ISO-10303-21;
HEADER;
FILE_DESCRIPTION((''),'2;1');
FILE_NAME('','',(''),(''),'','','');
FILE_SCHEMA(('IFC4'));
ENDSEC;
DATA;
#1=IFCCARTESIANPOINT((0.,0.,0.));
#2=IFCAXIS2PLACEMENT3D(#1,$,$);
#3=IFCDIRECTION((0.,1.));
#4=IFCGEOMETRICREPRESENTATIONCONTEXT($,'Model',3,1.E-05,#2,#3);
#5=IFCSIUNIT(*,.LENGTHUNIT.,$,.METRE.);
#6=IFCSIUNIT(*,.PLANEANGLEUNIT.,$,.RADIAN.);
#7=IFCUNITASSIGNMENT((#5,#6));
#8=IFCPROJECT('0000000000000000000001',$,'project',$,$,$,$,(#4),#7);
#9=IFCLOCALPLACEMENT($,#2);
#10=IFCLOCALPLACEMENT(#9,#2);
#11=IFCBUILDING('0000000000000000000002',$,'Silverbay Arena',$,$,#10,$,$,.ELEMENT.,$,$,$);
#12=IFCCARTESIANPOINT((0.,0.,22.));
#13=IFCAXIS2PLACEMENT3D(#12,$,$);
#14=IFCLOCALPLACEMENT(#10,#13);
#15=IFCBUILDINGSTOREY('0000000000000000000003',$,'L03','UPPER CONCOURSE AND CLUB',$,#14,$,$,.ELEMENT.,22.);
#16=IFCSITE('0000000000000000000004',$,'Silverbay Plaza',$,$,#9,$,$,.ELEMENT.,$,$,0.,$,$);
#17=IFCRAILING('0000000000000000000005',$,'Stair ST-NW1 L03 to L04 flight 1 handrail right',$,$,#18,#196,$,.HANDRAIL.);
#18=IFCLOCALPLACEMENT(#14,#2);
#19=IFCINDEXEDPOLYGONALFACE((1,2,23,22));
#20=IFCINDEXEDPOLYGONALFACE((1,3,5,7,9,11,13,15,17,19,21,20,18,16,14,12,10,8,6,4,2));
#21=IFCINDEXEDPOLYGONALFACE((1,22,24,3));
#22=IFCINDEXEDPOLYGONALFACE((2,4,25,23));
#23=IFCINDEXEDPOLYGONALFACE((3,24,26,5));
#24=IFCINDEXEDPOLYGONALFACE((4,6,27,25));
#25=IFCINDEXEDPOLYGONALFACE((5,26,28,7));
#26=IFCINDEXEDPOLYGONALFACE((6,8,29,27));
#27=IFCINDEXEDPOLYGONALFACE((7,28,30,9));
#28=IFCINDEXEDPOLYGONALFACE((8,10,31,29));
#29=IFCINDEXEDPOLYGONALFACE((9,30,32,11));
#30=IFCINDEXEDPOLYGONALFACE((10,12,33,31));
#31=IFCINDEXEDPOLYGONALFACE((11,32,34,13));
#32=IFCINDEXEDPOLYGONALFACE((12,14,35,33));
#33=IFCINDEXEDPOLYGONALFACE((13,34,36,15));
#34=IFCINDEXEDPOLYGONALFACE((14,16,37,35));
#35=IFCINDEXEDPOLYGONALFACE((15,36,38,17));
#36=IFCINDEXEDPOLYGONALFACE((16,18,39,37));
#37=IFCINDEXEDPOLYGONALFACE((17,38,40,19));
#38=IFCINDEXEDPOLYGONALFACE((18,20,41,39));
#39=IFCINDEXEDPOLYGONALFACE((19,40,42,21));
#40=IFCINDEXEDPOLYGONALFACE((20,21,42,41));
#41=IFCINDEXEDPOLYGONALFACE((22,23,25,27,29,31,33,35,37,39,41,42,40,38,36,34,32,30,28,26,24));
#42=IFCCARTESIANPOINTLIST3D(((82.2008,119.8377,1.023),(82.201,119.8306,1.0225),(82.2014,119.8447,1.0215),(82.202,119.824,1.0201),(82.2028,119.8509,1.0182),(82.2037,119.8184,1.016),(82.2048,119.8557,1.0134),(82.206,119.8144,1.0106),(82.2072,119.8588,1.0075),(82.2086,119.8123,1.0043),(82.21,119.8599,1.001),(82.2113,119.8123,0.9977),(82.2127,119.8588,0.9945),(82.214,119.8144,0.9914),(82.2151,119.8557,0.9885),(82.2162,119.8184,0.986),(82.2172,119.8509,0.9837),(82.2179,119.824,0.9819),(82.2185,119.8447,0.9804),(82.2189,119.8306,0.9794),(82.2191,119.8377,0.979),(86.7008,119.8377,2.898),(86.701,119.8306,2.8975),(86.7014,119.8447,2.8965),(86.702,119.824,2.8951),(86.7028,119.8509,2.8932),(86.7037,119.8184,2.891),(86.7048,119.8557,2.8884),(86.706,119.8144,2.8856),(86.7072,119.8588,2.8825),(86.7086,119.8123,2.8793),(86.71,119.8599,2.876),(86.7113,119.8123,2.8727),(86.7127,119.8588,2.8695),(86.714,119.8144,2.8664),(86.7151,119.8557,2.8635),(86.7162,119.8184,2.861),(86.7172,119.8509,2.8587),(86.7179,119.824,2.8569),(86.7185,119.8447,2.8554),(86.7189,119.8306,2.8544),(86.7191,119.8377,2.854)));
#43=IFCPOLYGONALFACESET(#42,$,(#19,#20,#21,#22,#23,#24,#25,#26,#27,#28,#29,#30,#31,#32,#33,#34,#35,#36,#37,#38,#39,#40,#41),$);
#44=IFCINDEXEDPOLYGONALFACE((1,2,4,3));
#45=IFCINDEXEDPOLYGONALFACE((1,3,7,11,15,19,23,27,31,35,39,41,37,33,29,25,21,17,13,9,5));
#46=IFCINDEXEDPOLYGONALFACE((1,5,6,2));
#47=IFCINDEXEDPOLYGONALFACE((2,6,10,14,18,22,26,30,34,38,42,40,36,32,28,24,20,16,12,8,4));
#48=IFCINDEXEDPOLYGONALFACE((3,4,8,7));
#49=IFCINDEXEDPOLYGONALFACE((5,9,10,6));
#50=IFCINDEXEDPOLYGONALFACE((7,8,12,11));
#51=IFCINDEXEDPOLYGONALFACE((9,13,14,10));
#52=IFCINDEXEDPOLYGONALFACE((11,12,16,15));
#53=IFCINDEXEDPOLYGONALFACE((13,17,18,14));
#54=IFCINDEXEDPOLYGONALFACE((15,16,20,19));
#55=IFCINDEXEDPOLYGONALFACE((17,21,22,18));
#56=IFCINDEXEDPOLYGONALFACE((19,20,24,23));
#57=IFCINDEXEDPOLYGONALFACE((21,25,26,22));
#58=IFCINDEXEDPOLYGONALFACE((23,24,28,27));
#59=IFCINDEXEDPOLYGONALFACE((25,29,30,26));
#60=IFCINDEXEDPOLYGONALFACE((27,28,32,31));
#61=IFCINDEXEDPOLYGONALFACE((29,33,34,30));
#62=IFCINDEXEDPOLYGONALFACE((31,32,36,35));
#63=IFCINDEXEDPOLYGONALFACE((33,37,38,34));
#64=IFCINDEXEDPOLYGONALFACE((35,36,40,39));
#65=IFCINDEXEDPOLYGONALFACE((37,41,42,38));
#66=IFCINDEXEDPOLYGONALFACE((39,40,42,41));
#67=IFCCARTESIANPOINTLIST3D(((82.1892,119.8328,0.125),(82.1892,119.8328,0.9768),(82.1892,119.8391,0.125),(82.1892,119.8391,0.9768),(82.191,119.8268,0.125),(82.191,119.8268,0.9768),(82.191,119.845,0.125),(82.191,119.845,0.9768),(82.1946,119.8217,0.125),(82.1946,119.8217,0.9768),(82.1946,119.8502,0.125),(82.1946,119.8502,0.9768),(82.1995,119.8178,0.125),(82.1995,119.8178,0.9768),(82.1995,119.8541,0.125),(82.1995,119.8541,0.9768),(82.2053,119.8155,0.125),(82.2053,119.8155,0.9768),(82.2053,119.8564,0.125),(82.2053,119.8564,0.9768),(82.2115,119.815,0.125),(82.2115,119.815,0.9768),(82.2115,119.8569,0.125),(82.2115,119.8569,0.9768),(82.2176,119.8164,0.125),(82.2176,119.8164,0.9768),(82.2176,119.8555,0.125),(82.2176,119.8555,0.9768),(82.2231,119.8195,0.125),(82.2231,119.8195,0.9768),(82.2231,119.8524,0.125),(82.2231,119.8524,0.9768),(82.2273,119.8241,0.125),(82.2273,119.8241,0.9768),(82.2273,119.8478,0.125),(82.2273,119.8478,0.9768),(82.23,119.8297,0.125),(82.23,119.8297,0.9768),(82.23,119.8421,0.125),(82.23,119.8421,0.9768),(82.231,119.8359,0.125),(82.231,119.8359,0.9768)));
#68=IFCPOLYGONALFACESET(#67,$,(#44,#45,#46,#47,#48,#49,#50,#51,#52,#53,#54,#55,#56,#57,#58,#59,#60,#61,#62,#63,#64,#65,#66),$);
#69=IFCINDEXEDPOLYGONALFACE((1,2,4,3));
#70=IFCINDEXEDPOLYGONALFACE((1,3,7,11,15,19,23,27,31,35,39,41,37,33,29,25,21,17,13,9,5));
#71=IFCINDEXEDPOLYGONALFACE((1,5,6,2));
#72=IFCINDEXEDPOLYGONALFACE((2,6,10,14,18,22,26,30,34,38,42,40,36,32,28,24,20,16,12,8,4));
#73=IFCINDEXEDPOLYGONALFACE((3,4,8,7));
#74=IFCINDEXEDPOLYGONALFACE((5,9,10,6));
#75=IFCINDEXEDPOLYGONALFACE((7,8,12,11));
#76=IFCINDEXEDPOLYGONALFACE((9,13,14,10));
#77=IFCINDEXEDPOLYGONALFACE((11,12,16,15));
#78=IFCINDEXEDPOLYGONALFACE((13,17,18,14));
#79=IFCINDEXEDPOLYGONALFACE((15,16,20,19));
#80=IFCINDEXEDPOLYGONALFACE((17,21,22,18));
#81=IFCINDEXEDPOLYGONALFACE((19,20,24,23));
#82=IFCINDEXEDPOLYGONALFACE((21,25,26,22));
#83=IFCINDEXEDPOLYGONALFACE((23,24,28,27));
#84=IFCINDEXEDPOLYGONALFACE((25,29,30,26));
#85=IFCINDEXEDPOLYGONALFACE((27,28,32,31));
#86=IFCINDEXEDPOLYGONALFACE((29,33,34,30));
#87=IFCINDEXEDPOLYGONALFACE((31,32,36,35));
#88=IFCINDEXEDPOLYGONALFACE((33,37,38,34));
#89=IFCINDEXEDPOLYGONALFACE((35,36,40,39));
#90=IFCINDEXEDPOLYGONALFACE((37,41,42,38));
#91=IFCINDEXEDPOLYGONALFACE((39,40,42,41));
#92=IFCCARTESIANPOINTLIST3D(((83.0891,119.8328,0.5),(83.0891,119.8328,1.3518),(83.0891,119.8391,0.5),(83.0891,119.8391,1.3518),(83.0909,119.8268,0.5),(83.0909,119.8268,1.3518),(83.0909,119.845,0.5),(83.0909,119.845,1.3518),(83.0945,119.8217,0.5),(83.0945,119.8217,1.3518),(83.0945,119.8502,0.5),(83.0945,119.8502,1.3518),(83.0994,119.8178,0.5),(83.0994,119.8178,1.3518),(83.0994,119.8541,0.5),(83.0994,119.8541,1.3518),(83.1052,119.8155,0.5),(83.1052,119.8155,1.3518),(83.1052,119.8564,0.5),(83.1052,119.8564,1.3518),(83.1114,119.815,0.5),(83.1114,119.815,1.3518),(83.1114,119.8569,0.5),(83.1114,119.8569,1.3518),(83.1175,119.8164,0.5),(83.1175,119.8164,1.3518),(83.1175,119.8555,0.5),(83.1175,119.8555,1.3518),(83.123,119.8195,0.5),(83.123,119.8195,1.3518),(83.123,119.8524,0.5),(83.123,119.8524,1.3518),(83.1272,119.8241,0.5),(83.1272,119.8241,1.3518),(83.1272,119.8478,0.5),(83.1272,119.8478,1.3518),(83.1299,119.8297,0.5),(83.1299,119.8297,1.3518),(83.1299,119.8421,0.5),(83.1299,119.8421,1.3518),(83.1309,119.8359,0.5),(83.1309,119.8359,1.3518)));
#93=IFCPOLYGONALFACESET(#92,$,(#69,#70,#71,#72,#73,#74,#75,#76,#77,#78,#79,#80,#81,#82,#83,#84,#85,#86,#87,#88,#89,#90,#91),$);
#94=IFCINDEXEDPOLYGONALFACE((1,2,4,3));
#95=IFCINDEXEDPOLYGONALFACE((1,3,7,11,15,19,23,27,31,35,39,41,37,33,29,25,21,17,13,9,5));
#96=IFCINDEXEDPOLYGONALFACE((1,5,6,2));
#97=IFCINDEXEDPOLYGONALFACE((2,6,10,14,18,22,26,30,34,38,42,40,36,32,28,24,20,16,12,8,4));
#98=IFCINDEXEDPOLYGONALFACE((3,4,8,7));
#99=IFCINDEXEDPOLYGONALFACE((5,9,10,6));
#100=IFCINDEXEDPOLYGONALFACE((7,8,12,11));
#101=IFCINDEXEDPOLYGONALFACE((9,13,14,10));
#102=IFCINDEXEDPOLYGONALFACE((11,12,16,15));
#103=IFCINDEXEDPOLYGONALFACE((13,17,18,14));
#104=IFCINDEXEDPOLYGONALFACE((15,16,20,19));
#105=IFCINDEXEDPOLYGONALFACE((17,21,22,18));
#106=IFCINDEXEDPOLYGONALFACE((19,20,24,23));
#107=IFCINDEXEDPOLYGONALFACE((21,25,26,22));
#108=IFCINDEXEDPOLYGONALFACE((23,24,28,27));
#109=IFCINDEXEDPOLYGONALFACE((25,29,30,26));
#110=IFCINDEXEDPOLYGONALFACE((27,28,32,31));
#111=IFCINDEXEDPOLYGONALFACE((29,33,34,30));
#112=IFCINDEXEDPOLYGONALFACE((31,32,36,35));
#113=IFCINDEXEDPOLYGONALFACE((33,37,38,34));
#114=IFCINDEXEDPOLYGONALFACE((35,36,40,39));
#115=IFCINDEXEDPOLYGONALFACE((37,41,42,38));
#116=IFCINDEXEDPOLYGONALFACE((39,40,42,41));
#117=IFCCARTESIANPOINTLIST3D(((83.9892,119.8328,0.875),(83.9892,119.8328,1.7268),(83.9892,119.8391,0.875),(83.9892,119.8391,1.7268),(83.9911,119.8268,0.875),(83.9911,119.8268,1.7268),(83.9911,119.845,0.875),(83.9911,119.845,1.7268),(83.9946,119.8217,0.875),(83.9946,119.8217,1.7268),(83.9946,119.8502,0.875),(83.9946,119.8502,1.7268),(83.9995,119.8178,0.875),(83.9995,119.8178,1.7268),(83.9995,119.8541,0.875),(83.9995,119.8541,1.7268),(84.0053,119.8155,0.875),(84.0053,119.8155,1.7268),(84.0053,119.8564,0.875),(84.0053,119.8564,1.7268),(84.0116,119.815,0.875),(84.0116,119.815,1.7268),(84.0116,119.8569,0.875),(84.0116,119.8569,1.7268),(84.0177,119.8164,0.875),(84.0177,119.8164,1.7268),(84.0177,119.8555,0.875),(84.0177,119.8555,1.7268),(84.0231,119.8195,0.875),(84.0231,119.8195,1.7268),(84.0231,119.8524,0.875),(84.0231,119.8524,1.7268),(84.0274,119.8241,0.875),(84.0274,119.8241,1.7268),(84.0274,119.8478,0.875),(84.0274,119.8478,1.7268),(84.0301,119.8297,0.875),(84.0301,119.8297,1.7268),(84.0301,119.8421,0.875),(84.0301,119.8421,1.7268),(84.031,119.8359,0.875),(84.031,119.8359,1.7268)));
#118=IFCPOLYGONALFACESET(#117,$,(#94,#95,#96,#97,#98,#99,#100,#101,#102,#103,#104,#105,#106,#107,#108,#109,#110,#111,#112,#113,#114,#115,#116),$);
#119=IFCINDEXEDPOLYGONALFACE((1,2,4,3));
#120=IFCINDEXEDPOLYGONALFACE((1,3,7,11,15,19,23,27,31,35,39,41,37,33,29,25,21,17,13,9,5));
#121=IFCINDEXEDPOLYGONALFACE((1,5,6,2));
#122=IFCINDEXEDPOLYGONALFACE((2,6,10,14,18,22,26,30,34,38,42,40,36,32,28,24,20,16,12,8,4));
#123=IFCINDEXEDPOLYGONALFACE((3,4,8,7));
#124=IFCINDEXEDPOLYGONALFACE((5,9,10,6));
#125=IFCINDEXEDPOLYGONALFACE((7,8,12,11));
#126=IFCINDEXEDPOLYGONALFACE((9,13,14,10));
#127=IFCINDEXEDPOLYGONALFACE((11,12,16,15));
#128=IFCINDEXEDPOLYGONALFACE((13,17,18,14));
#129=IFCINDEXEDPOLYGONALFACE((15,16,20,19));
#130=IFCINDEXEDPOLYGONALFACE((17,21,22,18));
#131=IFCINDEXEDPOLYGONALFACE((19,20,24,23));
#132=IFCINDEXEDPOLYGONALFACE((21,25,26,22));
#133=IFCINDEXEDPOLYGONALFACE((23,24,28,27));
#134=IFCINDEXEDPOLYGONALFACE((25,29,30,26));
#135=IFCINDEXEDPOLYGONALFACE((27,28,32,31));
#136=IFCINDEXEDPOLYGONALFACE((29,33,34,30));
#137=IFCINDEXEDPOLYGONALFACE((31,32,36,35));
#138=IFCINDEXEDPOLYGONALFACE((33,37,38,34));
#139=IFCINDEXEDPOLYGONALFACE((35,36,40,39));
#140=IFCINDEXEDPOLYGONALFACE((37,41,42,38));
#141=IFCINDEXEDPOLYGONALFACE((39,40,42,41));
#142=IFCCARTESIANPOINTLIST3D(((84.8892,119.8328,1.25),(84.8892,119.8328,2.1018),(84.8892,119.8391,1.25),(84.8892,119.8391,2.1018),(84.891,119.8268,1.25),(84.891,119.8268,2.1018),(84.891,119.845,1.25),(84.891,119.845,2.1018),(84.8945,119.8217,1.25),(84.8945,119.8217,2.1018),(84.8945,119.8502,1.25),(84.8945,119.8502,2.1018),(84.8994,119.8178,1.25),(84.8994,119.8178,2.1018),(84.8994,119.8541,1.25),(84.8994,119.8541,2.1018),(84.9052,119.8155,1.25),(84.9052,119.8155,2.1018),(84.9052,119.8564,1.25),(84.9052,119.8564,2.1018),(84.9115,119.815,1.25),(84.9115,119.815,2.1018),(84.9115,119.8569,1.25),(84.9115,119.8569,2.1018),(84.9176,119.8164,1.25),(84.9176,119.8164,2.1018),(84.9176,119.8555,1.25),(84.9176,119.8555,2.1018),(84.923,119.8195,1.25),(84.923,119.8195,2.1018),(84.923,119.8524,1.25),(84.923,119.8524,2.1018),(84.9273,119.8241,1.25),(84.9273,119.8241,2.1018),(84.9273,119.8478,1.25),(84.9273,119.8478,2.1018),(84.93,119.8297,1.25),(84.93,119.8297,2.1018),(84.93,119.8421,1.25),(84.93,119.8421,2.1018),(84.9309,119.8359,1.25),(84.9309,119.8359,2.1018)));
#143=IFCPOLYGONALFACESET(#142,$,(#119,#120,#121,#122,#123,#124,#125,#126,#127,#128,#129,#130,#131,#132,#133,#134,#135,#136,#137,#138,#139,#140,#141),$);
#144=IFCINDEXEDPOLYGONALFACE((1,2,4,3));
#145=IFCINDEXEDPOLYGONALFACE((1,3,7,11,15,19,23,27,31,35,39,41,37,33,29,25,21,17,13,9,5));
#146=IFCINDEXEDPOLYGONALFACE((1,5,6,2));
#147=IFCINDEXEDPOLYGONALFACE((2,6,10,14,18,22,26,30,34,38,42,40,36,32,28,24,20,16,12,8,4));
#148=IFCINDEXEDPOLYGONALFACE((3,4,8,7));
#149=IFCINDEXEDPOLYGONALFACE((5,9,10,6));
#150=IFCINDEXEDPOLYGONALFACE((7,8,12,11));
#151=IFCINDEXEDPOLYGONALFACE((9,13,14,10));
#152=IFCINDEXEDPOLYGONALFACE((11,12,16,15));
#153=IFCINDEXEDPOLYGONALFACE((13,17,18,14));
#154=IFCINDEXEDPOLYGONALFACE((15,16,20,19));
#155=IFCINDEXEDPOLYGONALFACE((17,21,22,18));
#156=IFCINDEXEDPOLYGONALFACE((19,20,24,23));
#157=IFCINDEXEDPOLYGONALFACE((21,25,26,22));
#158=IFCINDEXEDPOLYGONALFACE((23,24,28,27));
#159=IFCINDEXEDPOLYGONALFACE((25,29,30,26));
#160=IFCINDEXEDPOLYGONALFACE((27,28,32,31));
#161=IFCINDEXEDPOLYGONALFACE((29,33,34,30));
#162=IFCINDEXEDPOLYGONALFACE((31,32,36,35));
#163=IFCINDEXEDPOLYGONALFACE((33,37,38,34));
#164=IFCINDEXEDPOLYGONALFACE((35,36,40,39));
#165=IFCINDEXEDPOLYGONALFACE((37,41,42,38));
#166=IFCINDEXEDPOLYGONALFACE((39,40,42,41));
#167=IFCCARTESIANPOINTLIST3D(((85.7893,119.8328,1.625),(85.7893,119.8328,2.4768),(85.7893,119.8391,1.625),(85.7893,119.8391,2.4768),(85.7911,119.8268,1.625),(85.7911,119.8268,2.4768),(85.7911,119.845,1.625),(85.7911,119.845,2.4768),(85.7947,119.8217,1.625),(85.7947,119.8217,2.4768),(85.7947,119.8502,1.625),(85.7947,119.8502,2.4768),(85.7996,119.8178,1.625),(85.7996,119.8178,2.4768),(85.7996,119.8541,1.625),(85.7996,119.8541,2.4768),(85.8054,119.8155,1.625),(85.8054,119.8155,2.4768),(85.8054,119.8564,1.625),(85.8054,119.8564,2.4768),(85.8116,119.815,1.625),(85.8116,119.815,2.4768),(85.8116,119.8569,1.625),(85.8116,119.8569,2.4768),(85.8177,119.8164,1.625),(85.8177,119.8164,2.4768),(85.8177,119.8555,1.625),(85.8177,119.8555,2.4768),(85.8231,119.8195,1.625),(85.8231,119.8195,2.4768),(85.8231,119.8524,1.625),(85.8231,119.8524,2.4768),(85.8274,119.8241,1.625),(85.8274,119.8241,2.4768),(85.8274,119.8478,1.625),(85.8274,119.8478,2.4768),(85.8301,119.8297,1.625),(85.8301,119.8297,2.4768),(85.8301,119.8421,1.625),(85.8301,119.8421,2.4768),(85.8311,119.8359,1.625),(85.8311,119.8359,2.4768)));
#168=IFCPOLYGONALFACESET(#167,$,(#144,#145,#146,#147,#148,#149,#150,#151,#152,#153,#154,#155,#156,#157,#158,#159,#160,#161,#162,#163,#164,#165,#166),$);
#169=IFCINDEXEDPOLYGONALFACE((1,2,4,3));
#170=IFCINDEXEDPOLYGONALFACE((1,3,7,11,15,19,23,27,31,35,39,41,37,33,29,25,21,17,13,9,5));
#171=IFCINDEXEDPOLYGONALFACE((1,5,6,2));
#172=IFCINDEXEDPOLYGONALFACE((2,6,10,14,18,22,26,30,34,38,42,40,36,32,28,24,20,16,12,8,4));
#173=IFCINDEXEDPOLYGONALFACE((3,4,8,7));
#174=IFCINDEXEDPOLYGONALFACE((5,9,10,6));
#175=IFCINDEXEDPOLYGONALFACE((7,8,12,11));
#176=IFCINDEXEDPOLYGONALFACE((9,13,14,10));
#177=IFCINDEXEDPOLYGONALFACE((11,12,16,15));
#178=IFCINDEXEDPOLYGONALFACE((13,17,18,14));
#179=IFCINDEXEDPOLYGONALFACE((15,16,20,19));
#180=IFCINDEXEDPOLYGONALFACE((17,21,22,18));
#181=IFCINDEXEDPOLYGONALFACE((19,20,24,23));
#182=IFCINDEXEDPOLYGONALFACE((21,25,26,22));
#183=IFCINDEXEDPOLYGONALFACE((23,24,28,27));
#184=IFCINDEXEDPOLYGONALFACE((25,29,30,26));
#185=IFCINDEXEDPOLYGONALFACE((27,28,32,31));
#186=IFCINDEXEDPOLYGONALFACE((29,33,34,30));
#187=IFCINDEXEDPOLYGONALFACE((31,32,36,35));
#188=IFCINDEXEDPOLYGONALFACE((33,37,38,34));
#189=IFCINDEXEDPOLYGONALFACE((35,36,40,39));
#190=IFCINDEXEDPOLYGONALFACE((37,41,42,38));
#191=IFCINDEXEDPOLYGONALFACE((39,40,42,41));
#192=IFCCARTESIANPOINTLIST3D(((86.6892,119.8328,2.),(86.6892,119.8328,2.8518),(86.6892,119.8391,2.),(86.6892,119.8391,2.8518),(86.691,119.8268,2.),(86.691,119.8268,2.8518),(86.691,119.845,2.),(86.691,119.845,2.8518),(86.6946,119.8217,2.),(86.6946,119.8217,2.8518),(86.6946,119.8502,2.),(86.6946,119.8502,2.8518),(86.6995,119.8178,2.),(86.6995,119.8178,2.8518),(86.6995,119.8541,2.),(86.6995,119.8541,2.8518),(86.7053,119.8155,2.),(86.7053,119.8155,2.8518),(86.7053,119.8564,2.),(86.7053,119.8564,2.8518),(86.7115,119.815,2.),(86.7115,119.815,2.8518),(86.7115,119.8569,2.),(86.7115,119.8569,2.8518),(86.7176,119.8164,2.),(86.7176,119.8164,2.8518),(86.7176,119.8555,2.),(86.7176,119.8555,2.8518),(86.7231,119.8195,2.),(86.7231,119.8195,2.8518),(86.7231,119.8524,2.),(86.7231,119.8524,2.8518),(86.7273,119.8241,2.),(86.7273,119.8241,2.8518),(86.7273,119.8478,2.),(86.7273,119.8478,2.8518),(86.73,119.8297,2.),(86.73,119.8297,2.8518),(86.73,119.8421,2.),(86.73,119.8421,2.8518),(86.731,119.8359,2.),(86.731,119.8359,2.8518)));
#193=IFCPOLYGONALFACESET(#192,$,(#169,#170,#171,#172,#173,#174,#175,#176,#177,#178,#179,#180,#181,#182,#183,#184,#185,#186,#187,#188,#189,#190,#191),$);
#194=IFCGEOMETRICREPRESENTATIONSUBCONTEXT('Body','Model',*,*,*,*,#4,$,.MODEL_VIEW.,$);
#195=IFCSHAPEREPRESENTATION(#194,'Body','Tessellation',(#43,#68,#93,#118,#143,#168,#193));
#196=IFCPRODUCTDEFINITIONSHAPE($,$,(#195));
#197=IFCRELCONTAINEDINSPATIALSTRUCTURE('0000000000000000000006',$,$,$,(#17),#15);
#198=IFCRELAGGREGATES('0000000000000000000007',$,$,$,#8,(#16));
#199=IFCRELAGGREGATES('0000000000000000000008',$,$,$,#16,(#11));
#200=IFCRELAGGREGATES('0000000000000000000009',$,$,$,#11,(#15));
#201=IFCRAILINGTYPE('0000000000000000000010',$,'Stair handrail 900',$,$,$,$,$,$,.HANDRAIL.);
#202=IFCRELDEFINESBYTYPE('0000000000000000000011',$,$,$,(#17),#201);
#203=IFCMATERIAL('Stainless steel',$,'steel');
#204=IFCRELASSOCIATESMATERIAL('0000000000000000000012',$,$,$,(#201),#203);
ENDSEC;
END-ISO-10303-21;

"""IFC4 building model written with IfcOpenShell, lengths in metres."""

from ifc_helpers import new_model, si_unit, direction, frame, origin, origin_2d, place, context, subcontext, project, spatial, circle, extrude, material, type_object, element, save


model = new_model("IFC4")

# Units and contexts
model_context = context("Model", 3, precision=1e-05, world=origin(), true_north=direction((0.0, 1.0)))
body_context = subcontext(model_context, "Body", "Model", "MODEL_VIEW")
ifc_project = project(units=[si_unit("LENGTHUNIT", "METRE"), si_unit("PLANEANGLEUNIT", "RADIAN")], contexts=[model_context])

# Site, building, storey
site_placement = place(None, origin())
site = spatial("IfcSite", under=ifc_project, at=site_placement, Name="Silverbay Plaza", CompositionType="ELEMENT", RefElevation=0.0)
building_placement = place(site_placement, origin())
building = spatial("IfcBuilding", under=site, at=building_placement, Name="Silverbay Arena", CompositionType="ELEMENT")
storey_placement = place(building_placement, frame((0.0, 0.0, 22.0)))
storey = spatial("IfcBuildingStorey", under=building, at=storey_placement, Name="L03", Description="UPPER CONCOURSE AND CLUB", CompositionType="ELEMENT", Elevation=22.0)

# Railing
ifc_material_1 = material(Name="Stainless steel", Category="steel")
railing_type_1 = type_object("IfcRailingType", Name="Stair handrail 900", PredefinedType="HANDRAIL", material=ifc_material_1)
for number, where, name in (
    (1, (82.21, 119.8359, 0.125), "Stair ST-NW1 L03 to L04 flight 1 handrail right"),
):
    element("IfcRailing", number, at=place(storey_placement, frame(where)), inside=storey, type_object=railing_type_1, Name=name, PredefinedType="HANDRAIL", context=body_context, shape_type="SweptSolid", body=[
        extrude(circle(Radius=0.0239, at=origin_2d()), frame((0.0, 0.0, 0.876), z_axis=(0.923077, 0.0, 0.384615), x_axis=(0.0, 1.0, 0.0)), (0.0, 0.0, 1.0), 4.875),
        extrude(circle(Radius=0.021, at=origin_2d()), origin(), (0.0, 0.0, 1.0), 0.8518),
        extrude(circle(Radius=0.021, at=origin_2d()), frame((0.8999, 0.0, 0.375)), (0.0, 0.0, 1.0), 0.8518),
        extrude(circle(Radius=0.021, at=origin_2d()), frame((1.8, 0.0, 0.75)), (0.0, 0.0, 1.0), 0.8518),
        extrude(circle(Radius=0.021, at=origin_2d()), frame((2.7, 0.0, 1.125)), (0.0, 0.0, 1.0), 0.8518),
        extrude(circle(Radius=0.021, at=origin_2d()), frame((3.6001, 0.0, 1.5)), (0.0, 0.0, 1.0), 0.8518),
        extrude(circle(Radius=0.021, at=origin_2d()), frame((4.5, 0.0, 1.875)), (0.0, 0.0, 1.0), 0.8518),
    ])

save(model, "model.ifc")
